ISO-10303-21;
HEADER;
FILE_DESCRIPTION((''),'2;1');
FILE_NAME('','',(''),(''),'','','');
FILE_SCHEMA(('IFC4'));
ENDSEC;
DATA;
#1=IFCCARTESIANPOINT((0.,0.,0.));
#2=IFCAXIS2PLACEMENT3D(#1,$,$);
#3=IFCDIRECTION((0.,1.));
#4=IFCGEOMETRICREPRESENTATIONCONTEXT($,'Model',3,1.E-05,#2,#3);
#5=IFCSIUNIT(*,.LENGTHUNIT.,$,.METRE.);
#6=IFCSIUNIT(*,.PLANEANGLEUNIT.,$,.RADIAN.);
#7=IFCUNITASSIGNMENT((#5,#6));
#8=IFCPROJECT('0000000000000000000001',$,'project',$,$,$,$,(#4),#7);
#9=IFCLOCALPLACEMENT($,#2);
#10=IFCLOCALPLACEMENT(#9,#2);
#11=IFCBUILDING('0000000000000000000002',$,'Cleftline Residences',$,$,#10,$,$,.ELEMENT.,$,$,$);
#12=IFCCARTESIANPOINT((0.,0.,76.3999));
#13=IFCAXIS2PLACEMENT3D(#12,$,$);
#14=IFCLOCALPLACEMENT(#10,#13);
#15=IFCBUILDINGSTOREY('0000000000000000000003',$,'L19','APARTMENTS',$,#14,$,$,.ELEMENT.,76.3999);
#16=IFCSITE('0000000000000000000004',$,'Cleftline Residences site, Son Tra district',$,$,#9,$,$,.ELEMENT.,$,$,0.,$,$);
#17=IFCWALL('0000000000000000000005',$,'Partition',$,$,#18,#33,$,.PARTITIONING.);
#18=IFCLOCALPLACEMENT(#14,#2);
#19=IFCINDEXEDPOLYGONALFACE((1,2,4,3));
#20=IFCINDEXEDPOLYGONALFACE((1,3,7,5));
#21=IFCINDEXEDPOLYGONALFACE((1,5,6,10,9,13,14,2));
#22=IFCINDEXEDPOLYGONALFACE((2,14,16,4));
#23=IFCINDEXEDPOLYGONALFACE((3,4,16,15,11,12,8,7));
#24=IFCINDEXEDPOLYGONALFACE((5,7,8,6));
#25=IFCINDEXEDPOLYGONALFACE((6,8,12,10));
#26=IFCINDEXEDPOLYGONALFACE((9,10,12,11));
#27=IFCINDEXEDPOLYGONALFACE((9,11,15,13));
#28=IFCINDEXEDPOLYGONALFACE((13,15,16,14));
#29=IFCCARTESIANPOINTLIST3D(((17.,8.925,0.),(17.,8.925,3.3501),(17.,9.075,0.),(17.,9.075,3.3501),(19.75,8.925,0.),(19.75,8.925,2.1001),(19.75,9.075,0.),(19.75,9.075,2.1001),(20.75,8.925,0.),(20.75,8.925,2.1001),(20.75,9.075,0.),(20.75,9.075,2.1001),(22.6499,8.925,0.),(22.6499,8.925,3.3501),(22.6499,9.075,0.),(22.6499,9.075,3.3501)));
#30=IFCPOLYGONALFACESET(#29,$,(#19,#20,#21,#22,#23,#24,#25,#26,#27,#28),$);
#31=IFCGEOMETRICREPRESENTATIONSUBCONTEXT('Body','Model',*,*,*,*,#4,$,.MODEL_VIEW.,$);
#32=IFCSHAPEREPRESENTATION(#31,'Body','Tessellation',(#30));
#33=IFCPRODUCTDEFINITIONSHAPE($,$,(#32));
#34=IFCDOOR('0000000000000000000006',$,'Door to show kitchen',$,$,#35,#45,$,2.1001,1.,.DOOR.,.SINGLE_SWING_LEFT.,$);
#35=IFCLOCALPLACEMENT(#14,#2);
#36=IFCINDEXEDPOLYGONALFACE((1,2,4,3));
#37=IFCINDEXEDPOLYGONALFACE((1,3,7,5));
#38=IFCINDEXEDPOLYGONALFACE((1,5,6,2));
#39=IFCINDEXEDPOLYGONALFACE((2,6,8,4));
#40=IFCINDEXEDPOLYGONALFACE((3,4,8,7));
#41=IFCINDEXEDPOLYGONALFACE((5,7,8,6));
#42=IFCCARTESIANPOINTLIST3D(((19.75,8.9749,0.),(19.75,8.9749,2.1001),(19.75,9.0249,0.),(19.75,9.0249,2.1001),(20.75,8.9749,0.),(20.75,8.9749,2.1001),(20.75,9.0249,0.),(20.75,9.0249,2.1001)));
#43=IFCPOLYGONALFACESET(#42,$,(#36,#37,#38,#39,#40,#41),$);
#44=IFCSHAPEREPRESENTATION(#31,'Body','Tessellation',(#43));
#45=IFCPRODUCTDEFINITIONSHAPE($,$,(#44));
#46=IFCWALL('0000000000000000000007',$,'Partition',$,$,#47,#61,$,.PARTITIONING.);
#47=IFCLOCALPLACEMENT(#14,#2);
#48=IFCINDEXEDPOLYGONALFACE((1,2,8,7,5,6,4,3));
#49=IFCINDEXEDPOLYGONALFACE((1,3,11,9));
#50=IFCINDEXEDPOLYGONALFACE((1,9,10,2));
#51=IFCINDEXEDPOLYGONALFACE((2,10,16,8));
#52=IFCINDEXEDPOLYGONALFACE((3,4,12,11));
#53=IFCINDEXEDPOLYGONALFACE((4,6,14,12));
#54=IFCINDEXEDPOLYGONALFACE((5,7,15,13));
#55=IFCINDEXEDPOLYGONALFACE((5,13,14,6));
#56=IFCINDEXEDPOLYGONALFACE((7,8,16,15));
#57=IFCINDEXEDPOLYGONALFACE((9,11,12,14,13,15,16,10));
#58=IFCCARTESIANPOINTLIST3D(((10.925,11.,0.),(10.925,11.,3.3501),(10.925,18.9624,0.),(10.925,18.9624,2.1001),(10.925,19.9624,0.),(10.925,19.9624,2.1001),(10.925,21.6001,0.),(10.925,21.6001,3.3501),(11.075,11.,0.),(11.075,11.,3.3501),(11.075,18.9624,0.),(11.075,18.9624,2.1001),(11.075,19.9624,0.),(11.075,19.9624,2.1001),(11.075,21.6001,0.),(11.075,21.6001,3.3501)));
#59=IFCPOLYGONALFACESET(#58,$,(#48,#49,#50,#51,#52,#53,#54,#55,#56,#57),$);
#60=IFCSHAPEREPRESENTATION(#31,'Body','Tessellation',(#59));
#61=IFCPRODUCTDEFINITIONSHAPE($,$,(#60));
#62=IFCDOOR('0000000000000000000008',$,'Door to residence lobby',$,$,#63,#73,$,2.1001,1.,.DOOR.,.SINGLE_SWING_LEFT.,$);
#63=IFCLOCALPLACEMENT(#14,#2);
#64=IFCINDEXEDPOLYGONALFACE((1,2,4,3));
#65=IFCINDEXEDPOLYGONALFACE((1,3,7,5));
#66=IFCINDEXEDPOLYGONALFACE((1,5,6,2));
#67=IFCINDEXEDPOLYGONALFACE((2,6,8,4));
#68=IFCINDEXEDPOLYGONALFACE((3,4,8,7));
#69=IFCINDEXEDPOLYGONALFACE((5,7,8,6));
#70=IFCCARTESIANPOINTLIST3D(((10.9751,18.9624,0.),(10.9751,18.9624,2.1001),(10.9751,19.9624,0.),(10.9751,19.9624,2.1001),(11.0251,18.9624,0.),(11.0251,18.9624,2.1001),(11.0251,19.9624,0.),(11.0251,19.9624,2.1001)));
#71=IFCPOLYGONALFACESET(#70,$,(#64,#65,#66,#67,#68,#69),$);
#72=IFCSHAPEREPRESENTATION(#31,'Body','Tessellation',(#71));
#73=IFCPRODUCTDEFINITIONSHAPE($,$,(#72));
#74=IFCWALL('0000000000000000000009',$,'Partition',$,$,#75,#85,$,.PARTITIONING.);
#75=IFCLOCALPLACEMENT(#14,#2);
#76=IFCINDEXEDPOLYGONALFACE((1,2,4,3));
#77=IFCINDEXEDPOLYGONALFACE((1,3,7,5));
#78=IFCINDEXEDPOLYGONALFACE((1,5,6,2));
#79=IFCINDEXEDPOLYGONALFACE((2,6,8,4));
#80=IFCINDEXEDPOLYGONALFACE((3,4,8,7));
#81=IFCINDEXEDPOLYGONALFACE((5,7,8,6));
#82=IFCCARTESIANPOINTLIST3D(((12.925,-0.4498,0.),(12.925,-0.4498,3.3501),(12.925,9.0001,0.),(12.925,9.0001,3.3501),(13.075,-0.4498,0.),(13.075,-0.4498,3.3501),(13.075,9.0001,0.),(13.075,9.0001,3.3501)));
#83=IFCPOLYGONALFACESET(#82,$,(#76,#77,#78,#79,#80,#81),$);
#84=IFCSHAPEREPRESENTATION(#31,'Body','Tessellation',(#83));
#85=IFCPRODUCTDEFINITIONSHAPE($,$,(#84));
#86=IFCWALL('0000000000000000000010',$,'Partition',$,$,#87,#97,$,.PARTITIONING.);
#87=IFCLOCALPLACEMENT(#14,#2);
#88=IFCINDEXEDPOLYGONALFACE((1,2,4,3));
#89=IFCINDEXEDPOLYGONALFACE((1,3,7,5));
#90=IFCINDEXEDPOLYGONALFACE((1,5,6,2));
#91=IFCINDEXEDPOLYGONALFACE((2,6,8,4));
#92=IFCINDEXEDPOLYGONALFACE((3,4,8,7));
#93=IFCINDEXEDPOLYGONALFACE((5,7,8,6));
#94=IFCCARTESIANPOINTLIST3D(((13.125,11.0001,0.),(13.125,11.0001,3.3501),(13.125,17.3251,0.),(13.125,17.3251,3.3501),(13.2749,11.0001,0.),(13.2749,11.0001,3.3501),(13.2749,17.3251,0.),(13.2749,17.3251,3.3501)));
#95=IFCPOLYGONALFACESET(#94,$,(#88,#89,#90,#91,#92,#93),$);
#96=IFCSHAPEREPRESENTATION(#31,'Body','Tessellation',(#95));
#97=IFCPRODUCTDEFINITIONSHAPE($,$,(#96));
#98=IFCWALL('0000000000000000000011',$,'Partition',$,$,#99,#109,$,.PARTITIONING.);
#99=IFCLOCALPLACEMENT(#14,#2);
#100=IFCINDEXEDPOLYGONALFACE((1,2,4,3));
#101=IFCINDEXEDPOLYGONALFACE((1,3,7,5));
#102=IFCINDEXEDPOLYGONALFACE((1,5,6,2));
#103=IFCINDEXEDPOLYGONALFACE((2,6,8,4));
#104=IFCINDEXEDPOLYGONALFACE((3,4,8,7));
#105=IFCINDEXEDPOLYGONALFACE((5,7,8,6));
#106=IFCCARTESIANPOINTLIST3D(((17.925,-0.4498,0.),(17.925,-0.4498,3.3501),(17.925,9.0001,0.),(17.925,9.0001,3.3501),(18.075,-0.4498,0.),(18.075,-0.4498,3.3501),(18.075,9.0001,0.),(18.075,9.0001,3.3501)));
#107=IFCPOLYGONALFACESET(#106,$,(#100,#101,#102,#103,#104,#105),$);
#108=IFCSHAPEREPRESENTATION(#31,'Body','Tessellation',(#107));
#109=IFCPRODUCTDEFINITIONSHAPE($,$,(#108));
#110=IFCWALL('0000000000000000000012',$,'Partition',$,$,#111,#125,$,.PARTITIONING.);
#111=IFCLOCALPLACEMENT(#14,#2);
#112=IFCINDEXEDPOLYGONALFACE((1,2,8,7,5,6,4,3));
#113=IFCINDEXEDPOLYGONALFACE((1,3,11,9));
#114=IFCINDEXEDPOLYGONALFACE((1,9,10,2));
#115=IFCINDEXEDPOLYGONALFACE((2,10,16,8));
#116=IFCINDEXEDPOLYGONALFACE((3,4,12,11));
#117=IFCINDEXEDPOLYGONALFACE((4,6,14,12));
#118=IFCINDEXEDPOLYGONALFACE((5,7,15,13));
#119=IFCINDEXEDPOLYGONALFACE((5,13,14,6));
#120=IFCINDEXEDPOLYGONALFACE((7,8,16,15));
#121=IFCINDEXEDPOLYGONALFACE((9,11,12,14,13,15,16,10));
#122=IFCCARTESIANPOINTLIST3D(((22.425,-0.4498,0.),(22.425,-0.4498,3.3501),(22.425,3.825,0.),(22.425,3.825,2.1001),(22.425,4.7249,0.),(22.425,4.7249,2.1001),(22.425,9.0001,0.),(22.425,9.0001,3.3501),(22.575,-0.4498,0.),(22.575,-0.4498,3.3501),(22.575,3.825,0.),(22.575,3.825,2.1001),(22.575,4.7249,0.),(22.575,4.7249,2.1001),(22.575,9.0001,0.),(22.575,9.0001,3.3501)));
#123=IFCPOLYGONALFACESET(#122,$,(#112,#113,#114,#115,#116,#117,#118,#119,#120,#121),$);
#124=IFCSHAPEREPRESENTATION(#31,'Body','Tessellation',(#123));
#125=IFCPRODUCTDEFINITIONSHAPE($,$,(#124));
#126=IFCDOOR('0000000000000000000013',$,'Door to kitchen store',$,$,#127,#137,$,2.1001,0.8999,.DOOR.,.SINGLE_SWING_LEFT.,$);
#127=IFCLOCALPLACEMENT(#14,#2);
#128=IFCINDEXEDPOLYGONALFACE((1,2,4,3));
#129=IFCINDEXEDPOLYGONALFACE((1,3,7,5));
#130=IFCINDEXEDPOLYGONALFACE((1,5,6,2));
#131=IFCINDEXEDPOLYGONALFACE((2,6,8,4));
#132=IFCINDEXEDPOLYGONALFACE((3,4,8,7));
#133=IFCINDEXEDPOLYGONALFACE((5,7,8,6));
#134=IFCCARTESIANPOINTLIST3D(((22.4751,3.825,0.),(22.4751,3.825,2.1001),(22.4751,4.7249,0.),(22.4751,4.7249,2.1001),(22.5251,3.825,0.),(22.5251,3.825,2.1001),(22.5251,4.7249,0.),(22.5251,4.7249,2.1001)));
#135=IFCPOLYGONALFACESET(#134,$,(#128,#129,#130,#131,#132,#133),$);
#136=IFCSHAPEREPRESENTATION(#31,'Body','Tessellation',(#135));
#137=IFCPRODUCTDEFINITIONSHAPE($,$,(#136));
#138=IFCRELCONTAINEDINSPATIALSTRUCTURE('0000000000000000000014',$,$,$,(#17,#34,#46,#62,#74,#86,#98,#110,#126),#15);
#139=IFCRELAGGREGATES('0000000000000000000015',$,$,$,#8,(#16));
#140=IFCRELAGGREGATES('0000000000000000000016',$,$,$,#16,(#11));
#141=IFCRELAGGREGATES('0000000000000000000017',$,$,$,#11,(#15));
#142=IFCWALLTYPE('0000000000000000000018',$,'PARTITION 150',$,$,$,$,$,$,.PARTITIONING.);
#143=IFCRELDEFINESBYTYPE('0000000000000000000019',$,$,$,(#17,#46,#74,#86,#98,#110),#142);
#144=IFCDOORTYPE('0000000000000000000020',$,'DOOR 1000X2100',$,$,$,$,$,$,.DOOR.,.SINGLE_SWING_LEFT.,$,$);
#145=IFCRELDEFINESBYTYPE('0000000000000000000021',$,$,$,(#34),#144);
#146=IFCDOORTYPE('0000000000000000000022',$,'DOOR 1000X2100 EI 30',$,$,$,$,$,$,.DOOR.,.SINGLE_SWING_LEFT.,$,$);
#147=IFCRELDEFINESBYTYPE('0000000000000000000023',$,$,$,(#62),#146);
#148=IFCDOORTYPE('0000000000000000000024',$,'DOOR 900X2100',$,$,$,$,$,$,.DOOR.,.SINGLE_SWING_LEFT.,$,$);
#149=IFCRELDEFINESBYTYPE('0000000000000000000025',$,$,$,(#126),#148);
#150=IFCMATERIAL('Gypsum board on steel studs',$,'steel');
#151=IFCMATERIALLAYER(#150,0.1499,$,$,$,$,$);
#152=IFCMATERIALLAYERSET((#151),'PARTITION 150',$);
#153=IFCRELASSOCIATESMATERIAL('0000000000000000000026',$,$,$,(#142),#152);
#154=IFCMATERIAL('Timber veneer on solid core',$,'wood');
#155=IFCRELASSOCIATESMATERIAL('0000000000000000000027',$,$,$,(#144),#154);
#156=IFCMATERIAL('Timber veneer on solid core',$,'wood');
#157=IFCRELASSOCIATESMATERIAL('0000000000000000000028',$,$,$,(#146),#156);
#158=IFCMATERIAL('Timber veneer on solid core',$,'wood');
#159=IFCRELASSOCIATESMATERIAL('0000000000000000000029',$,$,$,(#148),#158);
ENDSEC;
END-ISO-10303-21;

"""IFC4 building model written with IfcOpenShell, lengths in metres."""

from ifc_helpers import new_model, si_unit, direction, frame, frame_2d, origin, place, context, subcontext, project, spatial, rectangle, extrude, material, layer, layer_set, type_object, element, fill, save


model = new_model("IFC4")

# Units and contexts
model_context = context("Model", 3, precision=1e-05, world=origin(), true_north=direction((0.0, 1.0)))
body_context = subcontext(model_context, "Body", "Model", "MODEL_VIEW")
ifc_project = project(units=[si_unit("LENGTHUNIT", "METRE"), si_unit("PLANEANGLEUNIT", "RADIAN")], contexts=[model_context])

# Site, building, storey
site_placement = place(None, origin())
site = spatial("IfcSite", under=ifc_project, at=site_placement, Name="Cleftline Residences site, Son Tra district", CompositionType="ELEMENT", RefElevation=0.0)
building_placement = place(site_placement, origin())
building = spatial("IfcBuilding", under=site, at=building_placement, Name="Cleftline Residences", CompositionType="ELEMENT")
storey_placement = place(building_placement, frame((0.0, 0.0, 76.3999)))
storey = spatial("IfcBuildingStorey", under=building, at=storey_placement, Name="L19", Description="APARTMENTS", CompositionType="ELEMENT", Elevation=76.3999)

# Shared definitions
ifc_material_1 = material(Name="Gypsum board on steel studs", Category="steel")
ifc_layer_1 = layer(ifc_material_1, 0.1499)
ifc_layer_set_1 = layer_set([ifc_layer_1], Name="PARTITION 150")
wall_type = type_object("IfcWallType", Name="PARTITION 150", PredefinedType="PARTITIONING", material=ifc_layer_set_1)
ifc_material_2 = material(Name="Timber veneer on solid core", Category="wood")
door_type_1 = type_object("IfcDoorType", Name="DOOR 1000X2100", OperationType="SINGLE_SWING_LEFT", PredefinedType="DOOR", material=ifc_material_2)

# Walls, openings, doors
wall_1_placement = place(storey_placement, frame((17.0, 9.0, 0.0), z_axis=(0.0, 0.0, 1.0), x_axis=(1.0, 0.0, 0.0)))
wall_1 = element("IfcWall", 1, at=wall_1_placement, inside=storey, type_object=wall_type, Name="Partition", PredefinedType="PARTITIONING", context=body_context, shape_type="SweptSolid", body=[
    extrude(rectangle(XDim=5.6499, YDim=0.1499, at=frame_2d((2.825, 0.0))), origin(), (0.0, 0.0, 1.0), 3.3501),
])
opening_1_placement = place(wall_1_placement, frame((2.75, 0.0, 0.0)))
opening_1 = element("IfcOpeningElement", 2, at=opening_1_placement, cuts=wall_1, PredefinedType="OPENING", context=body_context, shape_type="SweptSolid", body=[
    extrude(rectangle(XDim=1.0, YDim=2.1001, at=frame_2d((0.5, 1.05))), frame((0.0, 0.085, 0.0), z_axis=(0.0, -1.0, 0.0), x_axis=(1.0, 0.0, 0.0)), (0.0, 0.0, 1.0), 0.1699),
])
door_1_placement = place(opening_1_placement, origin())
door_1 = element("IfcDoor", 3, at=door_1_placement, inside=storey, type_object=door_type_1, Name="Door to show kitchen", OperationType="SINGLE_SWING_LEFT", OverallHeight=2.1001, OverallWidth=1.0, PredefinedType="DOOR", context=body_context, shape_type="SweptSolid", body=[
    extrude(rectangle(XDim=1.0, YDim=2.1001, at=frame_2d((0.5, 1.05))), frame((0.0, 0.0249, 0.0), z_axis=(0.0, -1.0, 0.0), x_axis=(1.0, 0.0, 0.0)), (0.0, 0.0, 1.0), 0.05),
])
fill(opening_1, door_1)
wall_2_placement = place(storey_placement, frame((11.0, 11.0, 0.0), z_axis=(0.0, 0.0, 1.0), x_axis=(0.0, 1.0, 0.0)))
wall_2 = element("IfcWall", 4, at=wall_2_placement, inside=storey, type_object=wall_type, Name="Partition", PredefinedType="PARTITIONING", context=body_context, shape_type="SweptSolid", body=[
    extrude(rectangle(XDim=10.6001, YDim=0.1499, at=frame_2d((5.3, 0.0))), origin(), (0.0, 0.0, 1.0), 3.3501),
])
opening_2_placement = place(wall_2_placement, frame((7.9624, 0.0, 0.0)))
opening_2 = element("IfcOpeningElement", 5, at=opening_2_placement, cuts=wall_2, PredefinedType="OPENING", context=body_context, shape_type="SweptSolid", body=[
    extrude(rectangle(XDim=1.0, YDim=2.1001, at=frame_2d((0.5, 1.05))), frame((0.0, 0.085, 0.0), z_axis=(0.0, -1.0, 0.0), x_axis=(1.0, 0.0, 0.0)), (0.0, 0.0, 1.0), 0.1699),
])
ifc_material_3 = material(Name="Timber veneer on solid core", Category="wood")
door_type_2 = type_object("IfcDoorType", Name="DOOR 1000X2100 EI 30", OperationType="SINGLE_SWING_LEFT", PredefinedType="DOOR", material=ifc_material_3)
door_2_placement = place(opening_2_placement, origin())
door_2 = element("IfcDoor", 6, at=door_2_placement, inside=storey, type_object=door_type_2, Name="Door to residence lobby", OperationType="SINGLE_SWING_LEFT", OverallHeight=2.1001, OverallWidth=1.0, PredefinedType="DOOR", context=body_context, shape_type="SweptSolid", body=[
    extrude(rectangle(XDim=1.0, YDim=2.1001, at=frame_2d((0.5, 1.05))), frame((0.0, 0.0249, 0.0), z_axis=(0.0, -1.0, 0.0), x_axis=(1.0, 0.0, 0.0)), (0.0, 0.0, 1.0), 0.05),
])
fill(opening_2, door_2)

# Walls
wall_3_placement = place(storey_placement, frame((13.0, -0.45, 0.0), z_axis=(0.0, 0.0, 1.0), x_axis=(0.0, 1.0, 0.0)))
element("IfcWall", 7, at=wall_3_placement, inside=storey, type_object=wall_type, Name="Partition", PredefinedType="PARTITIONING", context=body_context, shape_type="SweptSolid", body=[
    extrude(rectangle(XDim=9.45, YDim=0.1499, at=frame_2d((4.7251, 0.0))), origin(), (0.0, 0.0, 1.0), 3.3501),
])
wall_4_placement = place(storey_placement, frame((13.2, 11.0, 0.0), z_axis=(0.0, 0.0, 1.0), x_axis=(0.0, 1.0, 0.0)))
element("IfcWall", 8, at=wall_4_placement, inside=storey, type_object=wall_type, Name="Partition", PredefinedType="PARTITIONING", context=body_context, shape_type="SweptSolid", body=[
    extrude(rectangle(XDim=6.325, YDim=0.1499, at=frame_2d((3.1626, 0.0))), origin(), (0.0, 0.0, 1.0), 3.3501),
])
wall_5_placement = place(storey_placement, frame((18.0, -0.45, 0.0), z_axis=(0.0, 0.0, 1.0), x_axis=(0.0, 1.0, 0.0)))
element("IfcWall", 9, at=wall_5_placement, inside=storey, type_object=wall_type, Name="Partition", PredefinedType="PARTITIONING", context=body_context, shape_type="SweptSolid", body=[
    extrude(rectangle(XDim=9.45, YDim=0.1499, at=frame_2d((4.7251, 0.0))), origin(), (0.0, 0.0, 1.0), 3.3501),
])

# Wall, opening, door
wall_6_placement = place(storey_placement, frame((22.5, -0.45, 0.0), z_axis=(0.0, 0.0, 1.0), x_axis=(0.0, 1.0, 0.0)))
wall_6 = element("IfcWall", 10, at=wall_6_placement, inside=storey, type_object=wall_type, Name="Partition", PredefinedType="PARTITIONING", context=body_context, shape_type="SweptSolid", body=[
    extrude(rectangle(XDim=9.45, YDim=0.1499, at=frame_2d((4.7251, 0.0))), origin(), (0.0, 0.0, 1.0), 3.3501),
])
opening_3_placement = place(wall_6_placement, frame((4.2749, 0.0, 0.0)))
opening_3 = element("IfcOpeningElement", 11, at=opening_3_placement, cuts=wall_6, PredefinedType="OPENING", context=body_context, shape_type="SweptSolid", body=[
    extrude(rectangle(XDim=0.8999, YDim=2.1001, at=frame_2d((0.45, 1.05))), frame((0.0, 0.085, 0.0), z_axis=(0.0, -1.0, 0.0), x_axis=(1.0, 0.0, 0.0)), (0.0, 0.0, 1.0), 0.1699),
])
ifc_material_4 = material(Name="Timber veneer on solid core", Category="wood")
door_type_3 = type_object("IfcDoorType", Name="DOOR 900X2100", OperationType="SINGLE_SWING_LEFT", PredefinedType="DOOR", material=ifc_material_4)
door_3_placement = place(opening_3_placement, origin())
door_3 = element("IfcDoor", 12, at=door_3_placement, inside=storey, type_object=door_type_3, Name="Door to kitchen store", OperationType="SINGLE_SWING_LEFT", OverallHeight=2.1001, OverallWidth=0.8999, PredefinedType="DOOR", context=body_context, shape_type="SweptSolid", body=[
    extrude(rectangle(XDim=0.8999, YDim=2.1001, at=frame_2d((0.45, 1.05))), frame((0.0, 0.0249, 0.0), z_axis=(0.0, -1.0, 0.0), x_axis=(1.0, 0.0, 0.0)), (0.0, 0.0, 1.0), 0.05),
])
fill(opening_3, door_3)

save(model, "model.ifc")
